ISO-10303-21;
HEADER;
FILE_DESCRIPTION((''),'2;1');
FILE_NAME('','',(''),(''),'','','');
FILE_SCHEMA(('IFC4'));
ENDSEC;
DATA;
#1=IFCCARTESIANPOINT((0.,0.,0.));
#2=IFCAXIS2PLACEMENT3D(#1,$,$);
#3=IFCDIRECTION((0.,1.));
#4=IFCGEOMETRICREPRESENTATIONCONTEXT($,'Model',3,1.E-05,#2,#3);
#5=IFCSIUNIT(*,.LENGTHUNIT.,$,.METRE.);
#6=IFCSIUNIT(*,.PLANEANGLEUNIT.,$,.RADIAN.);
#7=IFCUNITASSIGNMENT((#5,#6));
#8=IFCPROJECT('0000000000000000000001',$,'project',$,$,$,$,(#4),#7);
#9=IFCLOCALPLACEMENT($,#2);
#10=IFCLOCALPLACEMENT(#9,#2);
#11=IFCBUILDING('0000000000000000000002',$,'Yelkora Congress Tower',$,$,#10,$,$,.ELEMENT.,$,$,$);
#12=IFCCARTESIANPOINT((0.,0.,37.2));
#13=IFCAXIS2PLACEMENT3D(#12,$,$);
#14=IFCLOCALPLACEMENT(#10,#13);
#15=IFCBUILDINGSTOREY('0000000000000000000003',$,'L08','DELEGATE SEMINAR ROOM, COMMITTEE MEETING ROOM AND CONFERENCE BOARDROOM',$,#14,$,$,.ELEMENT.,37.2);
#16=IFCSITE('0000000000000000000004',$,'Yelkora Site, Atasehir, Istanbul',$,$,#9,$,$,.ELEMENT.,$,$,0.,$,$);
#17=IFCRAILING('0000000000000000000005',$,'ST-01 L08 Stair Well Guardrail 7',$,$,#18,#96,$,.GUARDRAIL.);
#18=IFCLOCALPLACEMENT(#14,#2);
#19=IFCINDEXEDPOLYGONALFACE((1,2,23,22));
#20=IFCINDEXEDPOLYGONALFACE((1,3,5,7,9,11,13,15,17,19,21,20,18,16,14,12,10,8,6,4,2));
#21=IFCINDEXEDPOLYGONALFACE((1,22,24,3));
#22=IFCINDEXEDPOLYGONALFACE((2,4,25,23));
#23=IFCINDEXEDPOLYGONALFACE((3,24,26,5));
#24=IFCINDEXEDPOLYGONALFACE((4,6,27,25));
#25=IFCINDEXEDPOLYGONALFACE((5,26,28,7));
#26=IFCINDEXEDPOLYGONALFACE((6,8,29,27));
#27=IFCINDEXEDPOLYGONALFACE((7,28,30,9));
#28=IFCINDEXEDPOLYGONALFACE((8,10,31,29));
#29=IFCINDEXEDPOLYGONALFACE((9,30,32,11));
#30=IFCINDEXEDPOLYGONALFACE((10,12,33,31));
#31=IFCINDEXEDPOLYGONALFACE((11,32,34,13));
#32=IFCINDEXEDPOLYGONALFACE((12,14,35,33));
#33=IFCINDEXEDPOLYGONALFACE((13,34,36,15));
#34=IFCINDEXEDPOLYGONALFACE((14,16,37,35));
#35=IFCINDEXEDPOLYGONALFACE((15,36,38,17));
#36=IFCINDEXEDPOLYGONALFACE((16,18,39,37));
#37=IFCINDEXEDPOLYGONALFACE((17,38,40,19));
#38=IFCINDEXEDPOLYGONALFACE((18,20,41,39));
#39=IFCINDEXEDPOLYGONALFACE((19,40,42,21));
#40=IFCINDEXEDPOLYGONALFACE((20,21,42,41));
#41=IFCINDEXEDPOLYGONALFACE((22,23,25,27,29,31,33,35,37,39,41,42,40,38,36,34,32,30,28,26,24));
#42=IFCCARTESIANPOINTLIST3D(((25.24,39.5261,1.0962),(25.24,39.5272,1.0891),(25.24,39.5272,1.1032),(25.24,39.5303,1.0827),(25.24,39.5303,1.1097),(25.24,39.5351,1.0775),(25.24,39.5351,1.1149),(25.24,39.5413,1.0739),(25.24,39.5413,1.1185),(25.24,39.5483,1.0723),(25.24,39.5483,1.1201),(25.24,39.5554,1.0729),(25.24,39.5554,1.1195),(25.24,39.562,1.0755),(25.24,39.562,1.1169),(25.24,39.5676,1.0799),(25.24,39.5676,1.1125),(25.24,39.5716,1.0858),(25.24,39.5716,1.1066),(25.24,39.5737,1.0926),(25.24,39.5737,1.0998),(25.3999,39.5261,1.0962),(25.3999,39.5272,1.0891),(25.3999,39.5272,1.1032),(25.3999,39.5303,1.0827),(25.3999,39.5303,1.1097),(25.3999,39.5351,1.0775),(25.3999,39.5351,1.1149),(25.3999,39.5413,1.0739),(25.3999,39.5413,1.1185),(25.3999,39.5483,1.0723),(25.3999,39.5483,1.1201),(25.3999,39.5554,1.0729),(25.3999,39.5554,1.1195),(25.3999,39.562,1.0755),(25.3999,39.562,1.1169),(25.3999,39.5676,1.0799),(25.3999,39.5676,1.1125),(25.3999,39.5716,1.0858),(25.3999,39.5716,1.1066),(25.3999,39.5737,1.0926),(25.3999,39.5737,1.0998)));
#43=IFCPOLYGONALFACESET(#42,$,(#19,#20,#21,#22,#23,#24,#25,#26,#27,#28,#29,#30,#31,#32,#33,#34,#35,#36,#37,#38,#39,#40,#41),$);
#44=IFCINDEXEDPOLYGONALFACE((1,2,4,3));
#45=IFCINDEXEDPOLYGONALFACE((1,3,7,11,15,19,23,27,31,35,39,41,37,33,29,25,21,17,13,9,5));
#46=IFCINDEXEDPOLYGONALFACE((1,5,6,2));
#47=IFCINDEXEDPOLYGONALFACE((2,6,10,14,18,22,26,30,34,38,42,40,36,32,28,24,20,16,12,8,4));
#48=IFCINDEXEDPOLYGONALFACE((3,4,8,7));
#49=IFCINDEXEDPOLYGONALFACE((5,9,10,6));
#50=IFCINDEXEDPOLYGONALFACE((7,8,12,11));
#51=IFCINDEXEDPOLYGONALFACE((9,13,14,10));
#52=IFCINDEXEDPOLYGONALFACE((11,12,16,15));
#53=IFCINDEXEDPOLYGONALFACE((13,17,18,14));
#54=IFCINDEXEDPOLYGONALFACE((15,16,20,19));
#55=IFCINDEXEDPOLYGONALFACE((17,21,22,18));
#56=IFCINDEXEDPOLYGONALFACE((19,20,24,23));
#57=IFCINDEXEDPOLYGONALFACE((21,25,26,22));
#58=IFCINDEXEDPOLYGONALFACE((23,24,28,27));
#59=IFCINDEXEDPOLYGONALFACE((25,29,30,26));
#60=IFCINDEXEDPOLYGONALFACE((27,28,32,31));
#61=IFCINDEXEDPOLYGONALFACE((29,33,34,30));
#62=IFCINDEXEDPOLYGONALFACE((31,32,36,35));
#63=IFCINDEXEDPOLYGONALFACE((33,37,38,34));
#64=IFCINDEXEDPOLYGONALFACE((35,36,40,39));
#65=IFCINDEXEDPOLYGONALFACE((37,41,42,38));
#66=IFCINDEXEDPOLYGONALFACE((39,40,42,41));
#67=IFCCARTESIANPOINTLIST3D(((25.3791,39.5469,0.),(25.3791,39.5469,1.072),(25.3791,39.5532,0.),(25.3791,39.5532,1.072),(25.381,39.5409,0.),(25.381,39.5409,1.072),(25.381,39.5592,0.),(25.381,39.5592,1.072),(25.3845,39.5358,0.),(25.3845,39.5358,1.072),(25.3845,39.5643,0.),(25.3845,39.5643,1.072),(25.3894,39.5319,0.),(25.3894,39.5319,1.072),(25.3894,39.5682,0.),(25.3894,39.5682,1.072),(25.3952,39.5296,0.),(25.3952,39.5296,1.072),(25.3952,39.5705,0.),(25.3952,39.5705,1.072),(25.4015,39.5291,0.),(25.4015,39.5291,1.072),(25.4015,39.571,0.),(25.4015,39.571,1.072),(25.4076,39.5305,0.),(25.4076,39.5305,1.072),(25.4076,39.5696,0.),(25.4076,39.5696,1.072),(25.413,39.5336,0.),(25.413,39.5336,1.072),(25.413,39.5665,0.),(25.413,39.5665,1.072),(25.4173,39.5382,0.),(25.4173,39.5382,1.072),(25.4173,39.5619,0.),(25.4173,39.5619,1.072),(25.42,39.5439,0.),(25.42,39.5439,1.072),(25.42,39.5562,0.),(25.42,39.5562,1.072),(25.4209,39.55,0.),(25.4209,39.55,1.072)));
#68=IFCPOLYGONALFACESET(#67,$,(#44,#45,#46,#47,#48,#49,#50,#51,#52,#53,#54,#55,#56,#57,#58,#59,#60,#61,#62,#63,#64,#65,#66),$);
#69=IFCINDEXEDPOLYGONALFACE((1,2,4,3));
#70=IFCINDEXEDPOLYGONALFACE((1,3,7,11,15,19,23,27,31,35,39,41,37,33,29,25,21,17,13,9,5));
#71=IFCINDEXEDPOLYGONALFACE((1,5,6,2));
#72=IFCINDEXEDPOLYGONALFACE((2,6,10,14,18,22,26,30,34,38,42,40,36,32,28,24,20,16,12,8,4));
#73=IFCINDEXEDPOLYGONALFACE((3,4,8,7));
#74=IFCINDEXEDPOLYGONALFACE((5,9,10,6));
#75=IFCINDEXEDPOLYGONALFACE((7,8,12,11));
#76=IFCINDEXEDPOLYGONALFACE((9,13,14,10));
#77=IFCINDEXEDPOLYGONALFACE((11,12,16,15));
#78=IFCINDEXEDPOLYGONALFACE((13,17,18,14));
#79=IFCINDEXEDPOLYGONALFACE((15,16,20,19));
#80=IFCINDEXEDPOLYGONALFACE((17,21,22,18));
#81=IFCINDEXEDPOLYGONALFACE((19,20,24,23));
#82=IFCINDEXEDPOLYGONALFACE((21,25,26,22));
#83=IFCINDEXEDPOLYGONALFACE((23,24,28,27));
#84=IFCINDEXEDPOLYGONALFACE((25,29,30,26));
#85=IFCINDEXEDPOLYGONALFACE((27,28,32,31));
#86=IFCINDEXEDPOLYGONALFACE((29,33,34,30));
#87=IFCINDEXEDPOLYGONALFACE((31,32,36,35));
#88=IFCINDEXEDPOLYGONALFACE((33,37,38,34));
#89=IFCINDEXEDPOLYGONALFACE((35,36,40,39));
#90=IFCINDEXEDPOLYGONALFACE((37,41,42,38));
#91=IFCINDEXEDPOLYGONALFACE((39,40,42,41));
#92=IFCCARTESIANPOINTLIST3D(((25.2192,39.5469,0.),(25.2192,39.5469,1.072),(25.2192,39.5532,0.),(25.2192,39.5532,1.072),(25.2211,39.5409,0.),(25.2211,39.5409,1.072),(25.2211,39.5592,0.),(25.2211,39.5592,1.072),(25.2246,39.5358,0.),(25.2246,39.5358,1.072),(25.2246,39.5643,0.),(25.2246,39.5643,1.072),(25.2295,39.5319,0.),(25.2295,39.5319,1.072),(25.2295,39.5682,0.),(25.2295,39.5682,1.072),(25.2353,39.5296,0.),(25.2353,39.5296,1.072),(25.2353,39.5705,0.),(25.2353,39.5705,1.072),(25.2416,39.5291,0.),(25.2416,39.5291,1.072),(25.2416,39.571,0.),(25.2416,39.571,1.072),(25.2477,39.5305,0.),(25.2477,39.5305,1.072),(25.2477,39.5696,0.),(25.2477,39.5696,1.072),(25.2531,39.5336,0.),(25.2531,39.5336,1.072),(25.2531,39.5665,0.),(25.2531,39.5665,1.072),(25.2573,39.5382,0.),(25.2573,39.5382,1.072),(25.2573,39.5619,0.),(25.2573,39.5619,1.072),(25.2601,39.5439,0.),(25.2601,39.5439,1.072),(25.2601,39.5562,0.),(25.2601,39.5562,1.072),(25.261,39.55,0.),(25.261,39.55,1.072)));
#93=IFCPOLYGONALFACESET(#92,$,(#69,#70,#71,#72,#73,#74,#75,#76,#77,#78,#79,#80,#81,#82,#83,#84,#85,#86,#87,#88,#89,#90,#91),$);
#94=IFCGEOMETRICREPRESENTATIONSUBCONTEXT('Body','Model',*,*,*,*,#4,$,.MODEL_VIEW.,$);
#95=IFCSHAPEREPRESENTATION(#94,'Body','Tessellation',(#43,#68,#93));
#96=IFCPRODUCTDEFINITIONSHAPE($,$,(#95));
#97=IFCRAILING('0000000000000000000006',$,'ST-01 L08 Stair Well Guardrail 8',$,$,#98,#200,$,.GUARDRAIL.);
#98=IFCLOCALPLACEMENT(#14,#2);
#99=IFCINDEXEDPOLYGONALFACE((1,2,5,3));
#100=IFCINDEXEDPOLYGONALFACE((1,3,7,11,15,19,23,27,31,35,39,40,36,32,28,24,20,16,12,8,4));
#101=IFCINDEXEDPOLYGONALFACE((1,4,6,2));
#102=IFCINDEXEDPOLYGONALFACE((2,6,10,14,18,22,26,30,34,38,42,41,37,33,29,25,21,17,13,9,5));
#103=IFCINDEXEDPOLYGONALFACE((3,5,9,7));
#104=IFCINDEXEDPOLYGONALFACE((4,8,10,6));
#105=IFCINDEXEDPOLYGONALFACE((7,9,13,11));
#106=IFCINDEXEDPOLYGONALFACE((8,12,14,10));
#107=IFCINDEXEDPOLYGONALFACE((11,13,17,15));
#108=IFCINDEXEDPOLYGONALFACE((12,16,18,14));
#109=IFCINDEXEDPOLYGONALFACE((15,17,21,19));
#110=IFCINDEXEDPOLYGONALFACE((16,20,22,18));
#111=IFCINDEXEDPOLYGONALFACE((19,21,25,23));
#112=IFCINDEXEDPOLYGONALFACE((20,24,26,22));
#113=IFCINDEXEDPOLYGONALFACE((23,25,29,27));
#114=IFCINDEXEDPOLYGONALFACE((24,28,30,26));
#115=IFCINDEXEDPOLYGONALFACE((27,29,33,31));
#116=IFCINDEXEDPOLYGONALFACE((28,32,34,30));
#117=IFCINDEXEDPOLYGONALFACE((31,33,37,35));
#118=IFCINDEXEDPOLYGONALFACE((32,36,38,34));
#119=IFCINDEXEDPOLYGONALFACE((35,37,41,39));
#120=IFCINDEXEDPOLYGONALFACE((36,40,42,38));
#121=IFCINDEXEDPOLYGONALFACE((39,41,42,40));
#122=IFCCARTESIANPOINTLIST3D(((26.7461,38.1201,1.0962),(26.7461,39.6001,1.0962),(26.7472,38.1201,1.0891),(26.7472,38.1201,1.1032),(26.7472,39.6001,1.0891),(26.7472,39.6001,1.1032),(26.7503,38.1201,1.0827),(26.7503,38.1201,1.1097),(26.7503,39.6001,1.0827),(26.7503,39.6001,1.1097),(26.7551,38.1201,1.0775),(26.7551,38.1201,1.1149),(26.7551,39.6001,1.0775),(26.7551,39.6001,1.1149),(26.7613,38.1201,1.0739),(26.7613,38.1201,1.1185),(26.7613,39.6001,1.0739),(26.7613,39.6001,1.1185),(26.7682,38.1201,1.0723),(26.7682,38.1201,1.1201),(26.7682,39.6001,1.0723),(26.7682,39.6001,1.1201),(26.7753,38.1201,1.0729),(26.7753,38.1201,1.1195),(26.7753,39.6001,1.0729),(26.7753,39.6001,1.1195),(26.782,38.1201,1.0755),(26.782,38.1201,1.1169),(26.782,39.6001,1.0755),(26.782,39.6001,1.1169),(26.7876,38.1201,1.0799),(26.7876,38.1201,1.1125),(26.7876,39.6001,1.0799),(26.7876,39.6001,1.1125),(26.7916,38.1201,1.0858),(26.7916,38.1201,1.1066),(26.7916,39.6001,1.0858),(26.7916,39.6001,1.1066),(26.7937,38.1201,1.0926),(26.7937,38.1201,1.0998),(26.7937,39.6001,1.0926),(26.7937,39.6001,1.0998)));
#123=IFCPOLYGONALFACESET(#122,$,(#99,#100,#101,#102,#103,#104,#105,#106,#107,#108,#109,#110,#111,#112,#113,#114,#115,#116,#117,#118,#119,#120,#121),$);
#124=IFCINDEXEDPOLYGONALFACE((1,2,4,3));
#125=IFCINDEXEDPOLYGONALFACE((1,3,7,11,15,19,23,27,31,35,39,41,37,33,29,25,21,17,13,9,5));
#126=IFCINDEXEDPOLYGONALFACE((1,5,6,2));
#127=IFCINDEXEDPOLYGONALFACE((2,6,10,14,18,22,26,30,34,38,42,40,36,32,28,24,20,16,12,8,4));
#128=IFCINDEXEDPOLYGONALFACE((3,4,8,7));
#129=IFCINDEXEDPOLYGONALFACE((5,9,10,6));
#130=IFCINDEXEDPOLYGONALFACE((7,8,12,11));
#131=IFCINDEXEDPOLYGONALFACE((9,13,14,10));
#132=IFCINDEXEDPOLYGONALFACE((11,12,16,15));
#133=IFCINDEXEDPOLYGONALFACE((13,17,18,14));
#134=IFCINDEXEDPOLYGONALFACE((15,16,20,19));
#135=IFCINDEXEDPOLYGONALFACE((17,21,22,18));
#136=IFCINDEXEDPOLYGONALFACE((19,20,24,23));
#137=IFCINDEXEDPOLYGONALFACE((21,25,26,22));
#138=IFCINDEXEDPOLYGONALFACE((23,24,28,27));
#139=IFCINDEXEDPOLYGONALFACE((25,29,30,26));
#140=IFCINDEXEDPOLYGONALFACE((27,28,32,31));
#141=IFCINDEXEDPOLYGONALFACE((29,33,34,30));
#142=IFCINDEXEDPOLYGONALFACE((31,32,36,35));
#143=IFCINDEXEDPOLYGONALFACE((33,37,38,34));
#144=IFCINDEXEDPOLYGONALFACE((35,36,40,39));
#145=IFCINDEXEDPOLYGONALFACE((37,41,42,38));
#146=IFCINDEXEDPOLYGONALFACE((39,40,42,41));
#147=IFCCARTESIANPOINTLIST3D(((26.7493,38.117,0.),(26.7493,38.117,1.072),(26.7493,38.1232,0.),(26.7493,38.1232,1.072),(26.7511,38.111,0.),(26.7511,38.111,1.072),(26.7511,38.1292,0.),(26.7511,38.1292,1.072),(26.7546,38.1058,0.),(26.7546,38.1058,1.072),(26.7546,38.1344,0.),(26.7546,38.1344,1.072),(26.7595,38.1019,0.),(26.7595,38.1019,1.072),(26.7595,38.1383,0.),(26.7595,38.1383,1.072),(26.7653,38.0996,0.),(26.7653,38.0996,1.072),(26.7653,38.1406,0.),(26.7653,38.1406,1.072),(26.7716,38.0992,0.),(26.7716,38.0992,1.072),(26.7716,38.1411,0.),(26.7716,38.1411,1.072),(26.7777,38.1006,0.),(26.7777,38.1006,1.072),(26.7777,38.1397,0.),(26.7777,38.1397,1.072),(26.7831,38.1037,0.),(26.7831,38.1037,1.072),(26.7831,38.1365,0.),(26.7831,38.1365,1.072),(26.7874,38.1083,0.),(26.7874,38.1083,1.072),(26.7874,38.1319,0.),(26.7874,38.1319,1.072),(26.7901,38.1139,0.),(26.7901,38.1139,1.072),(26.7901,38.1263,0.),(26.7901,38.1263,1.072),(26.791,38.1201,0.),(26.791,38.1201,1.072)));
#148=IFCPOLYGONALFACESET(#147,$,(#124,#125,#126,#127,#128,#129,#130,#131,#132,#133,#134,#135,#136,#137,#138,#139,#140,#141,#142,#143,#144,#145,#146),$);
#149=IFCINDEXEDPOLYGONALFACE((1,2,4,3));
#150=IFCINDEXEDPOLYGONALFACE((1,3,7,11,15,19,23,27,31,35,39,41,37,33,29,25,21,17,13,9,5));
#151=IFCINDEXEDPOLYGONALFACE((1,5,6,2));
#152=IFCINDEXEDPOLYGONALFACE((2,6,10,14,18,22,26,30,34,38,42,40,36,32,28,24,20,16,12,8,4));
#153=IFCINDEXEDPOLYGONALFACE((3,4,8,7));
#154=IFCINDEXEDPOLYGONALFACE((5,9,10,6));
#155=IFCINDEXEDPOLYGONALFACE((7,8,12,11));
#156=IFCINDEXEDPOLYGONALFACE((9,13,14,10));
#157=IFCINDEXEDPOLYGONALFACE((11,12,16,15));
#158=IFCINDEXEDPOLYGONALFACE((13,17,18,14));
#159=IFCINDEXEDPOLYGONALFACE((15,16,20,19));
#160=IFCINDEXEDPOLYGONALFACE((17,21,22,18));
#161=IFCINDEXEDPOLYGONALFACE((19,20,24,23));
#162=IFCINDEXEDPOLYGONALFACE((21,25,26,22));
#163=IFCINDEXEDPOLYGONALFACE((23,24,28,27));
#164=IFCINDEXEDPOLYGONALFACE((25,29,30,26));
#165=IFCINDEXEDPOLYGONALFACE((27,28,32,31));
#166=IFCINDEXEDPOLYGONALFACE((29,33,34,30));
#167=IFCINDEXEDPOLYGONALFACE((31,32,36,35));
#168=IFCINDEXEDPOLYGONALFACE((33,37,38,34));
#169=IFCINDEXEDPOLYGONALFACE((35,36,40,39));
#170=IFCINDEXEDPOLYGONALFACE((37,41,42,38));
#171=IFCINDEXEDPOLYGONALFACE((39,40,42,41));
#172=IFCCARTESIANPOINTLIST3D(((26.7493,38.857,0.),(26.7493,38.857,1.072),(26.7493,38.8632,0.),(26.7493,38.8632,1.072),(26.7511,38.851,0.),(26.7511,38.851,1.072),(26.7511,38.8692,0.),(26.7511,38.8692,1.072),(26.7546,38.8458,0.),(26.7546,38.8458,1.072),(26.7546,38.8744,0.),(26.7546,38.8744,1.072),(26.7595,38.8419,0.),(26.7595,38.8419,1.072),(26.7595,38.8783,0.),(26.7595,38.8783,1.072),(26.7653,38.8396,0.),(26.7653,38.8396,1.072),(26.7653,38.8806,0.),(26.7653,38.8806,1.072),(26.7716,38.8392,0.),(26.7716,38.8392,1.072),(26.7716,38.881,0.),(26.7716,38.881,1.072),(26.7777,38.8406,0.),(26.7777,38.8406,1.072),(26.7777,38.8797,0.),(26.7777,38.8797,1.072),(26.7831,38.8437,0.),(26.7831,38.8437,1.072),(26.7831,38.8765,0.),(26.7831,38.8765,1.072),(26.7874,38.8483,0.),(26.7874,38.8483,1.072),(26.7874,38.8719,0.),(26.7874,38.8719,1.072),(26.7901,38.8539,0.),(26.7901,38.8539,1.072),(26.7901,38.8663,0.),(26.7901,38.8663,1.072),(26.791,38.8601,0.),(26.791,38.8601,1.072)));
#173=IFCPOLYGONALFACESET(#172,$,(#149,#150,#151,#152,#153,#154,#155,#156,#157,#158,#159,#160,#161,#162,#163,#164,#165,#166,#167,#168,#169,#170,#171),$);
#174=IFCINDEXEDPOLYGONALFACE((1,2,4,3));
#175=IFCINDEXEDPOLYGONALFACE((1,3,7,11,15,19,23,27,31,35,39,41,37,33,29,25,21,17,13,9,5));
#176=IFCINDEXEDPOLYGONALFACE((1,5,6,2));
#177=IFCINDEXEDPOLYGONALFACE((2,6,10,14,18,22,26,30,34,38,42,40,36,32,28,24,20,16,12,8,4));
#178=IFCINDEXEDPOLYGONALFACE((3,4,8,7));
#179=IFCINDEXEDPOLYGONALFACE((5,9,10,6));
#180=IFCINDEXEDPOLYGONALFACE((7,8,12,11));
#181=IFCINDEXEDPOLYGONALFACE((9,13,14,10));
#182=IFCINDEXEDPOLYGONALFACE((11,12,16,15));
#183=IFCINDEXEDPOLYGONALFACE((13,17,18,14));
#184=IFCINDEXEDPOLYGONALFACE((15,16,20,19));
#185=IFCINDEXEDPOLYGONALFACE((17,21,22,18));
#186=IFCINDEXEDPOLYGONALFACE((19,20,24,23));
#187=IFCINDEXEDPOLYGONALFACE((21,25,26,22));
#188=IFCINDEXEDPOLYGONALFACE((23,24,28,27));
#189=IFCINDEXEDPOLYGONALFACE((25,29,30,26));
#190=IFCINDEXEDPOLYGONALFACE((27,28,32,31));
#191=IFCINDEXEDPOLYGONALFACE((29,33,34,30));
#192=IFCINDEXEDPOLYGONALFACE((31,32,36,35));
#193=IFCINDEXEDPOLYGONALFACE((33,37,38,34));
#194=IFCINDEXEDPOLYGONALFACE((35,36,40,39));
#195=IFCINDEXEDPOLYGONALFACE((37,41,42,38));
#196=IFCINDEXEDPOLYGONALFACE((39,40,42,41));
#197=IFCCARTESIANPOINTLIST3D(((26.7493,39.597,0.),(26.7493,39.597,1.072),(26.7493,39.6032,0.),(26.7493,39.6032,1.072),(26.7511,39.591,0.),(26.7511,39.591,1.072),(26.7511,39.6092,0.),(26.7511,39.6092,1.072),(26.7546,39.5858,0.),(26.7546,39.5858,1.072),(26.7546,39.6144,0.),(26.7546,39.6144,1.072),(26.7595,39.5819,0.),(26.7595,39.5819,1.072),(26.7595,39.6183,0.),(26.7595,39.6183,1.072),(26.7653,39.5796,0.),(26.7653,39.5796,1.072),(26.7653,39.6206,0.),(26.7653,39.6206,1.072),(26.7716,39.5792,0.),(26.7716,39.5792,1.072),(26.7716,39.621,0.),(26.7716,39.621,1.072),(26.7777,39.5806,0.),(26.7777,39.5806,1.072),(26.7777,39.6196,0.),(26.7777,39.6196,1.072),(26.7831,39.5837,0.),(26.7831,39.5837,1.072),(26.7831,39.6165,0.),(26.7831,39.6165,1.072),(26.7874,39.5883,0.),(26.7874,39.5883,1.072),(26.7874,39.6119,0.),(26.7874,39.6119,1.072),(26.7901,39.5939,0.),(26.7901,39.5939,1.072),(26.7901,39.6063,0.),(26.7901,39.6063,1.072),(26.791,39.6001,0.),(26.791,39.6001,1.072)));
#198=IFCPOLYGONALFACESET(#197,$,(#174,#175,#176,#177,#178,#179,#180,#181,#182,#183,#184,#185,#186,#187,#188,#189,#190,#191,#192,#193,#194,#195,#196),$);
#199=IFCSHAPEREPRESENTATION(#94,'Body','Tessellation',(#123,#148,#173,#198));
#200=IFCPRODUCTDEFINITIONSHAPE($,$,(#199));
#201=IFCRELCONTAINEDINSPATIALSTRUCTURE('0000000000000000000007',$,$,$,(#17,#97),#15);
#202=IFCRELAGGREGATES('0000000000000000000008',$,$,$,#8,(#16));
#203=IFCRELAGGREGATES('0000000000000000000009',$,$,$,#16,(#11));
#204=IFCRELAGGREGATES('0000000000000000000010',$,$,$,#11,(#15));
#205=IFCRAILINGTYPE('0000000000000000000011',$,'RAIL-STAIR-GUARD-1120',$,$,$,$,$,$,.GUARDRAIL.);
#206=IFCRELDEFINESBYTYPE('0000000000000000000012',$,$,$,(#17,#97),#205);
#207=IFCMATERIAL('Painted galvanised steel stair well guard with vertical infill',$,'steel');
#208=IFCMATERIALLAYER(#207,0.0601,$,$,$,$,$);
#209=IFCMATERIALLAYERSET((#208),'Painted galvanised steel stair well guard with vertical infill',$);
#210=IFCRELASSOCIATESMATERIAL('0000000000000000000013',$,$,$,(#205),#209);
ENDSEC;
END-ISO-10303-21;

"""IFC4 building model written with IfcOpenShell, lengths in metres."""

from ifc_helpers import new_model, si_unit, direction, frame, origin, origin_2d, place, context, subcontext, project, spatial, circle, extrude, material, layer, layer_set, type_object, element, save


model = new_model("IFC4")

# Units and contexts
model_context = context("Model", 3, precision=1e-05, world=origin(), true_north=direction((0.0, 1.0)))
body_context = subcontext(model_context, "Body", "Model", "MODEL_VIEW")
ifc_project = project(units=[si_unit("LENGTHUNIT", "METRE"), si_unit("PLANEANGLEUNIT", "RADIAN")], contexts=[model_context])

# Site, building, storey
site_placement = place(None, origin())
site = spatial("IfcSite", under=ifc_project, at=site_placement, Name="Yelkora Site, Atasehir, Istanbul", CompositionType="ELEMENT", RefElevation=0.0)
building_placement = place(site_placement, origin())
building = spatial("IfcBuilding", under=site, at=building_placement, Name="Yelkora Congress Tower", CompositionType="ELEMENT")
storey_placement = place(building_placement, frame((0.0, 0.0, 37.2)))
storey = spatial("IfcBuildingStorey", under=building, at=storey_placement, Name="L08", Description="DELEGATE SEMINAR ROOM, COMMITTEE MEETING ROOM AND CONFERENCE BOARDROOM", CompositionType="ELEMENT", Elevation=37.2)

# Railings
ifc_material_1 = material(Name="Painted galvanised steel stair well guard with vertical infill", Category="steel")
ifc_layer_1 = layer(ifc_material_1, 0.0601)
ifc_layer_set_1 = layer_set([ifc_layer_1], Name="Painted galvanised steel stair well guard with vertical infill")
railing_type_1 = type_object("IfcRailingType", Name="RAIL-STAIR-GUARD-1120", PredefinedType="GUARDRAIL", material=ifc_layer_set_1)
railing_1_placement = place(storey_placement, frame((25.3999, 39.55, 0.0)))
element("IfcRailing", 1, at=railing_1_placement, inside=storey, type_object=railing_type_1, Name="ST-01 L08 Stair Well Guardrail 7", PredefinedType="GUARDRAIL", context=body_context, shape_type="SweptSolid", body=[
    extrude(circle(Radius=0.0239, at=origin_2d()), frame((0.0, 0.0, 1.0962), z_axis=(-1.0, 0.0, 0.0), x_axis=(0.0, -1.0, 0.0)), (0.0, 0.0, 1.0), 0.1599),
    extrude(circle(Radius=0.021, at=origin_2d()), origin(), (0.0, 0.0, 1.0), 1.072),
    extrude(circle(Radius=0.021, at=origin_2d()), frame((-0.1599, 0.0, 0.0)), (0.0, 0.0, 1.0), 1.072),
])
for number, where, name in (
    (2, (26.77, 38.1201, 0.0), "ST-01 L08 Stair Well Guardrail 8"),
):
    element("IfcRailing", number, at=place(storey_placement, frame(where)), inside=storey, type_object=railing_type_1, Name=name, PredefinedType="GUARDRAIL", context=body_context, shape_type="SweptSolid", body=[
        extrude(circle(Radius=0.0239, at=origin_2d()), frame((0.0, 0.0, 1.0962), z_axis=(0.0, 1.0, 0.0), x_axis=(-1.0, 0.0, 0.0)), (0.0, 0.0, 1.0), 1.48),
        extrude(circle(Radius=0.021, at=origin_2d()), origin(), (0.0, 0.0, 1.0), 1.072),
        extrude(circle(Radius=0.021, at=origin_2d()), frame((0.0, 0.74, 0.0)), (0.0, 0.0, 1.0), 1.072),
        extrude(circle(Radius=0.021, at=origin_2d()), frame((0.0, 1.48, 0.0)), (0.0, 0.0, 1.0), 1.072),
    ])

save(model, "model.ifc")
